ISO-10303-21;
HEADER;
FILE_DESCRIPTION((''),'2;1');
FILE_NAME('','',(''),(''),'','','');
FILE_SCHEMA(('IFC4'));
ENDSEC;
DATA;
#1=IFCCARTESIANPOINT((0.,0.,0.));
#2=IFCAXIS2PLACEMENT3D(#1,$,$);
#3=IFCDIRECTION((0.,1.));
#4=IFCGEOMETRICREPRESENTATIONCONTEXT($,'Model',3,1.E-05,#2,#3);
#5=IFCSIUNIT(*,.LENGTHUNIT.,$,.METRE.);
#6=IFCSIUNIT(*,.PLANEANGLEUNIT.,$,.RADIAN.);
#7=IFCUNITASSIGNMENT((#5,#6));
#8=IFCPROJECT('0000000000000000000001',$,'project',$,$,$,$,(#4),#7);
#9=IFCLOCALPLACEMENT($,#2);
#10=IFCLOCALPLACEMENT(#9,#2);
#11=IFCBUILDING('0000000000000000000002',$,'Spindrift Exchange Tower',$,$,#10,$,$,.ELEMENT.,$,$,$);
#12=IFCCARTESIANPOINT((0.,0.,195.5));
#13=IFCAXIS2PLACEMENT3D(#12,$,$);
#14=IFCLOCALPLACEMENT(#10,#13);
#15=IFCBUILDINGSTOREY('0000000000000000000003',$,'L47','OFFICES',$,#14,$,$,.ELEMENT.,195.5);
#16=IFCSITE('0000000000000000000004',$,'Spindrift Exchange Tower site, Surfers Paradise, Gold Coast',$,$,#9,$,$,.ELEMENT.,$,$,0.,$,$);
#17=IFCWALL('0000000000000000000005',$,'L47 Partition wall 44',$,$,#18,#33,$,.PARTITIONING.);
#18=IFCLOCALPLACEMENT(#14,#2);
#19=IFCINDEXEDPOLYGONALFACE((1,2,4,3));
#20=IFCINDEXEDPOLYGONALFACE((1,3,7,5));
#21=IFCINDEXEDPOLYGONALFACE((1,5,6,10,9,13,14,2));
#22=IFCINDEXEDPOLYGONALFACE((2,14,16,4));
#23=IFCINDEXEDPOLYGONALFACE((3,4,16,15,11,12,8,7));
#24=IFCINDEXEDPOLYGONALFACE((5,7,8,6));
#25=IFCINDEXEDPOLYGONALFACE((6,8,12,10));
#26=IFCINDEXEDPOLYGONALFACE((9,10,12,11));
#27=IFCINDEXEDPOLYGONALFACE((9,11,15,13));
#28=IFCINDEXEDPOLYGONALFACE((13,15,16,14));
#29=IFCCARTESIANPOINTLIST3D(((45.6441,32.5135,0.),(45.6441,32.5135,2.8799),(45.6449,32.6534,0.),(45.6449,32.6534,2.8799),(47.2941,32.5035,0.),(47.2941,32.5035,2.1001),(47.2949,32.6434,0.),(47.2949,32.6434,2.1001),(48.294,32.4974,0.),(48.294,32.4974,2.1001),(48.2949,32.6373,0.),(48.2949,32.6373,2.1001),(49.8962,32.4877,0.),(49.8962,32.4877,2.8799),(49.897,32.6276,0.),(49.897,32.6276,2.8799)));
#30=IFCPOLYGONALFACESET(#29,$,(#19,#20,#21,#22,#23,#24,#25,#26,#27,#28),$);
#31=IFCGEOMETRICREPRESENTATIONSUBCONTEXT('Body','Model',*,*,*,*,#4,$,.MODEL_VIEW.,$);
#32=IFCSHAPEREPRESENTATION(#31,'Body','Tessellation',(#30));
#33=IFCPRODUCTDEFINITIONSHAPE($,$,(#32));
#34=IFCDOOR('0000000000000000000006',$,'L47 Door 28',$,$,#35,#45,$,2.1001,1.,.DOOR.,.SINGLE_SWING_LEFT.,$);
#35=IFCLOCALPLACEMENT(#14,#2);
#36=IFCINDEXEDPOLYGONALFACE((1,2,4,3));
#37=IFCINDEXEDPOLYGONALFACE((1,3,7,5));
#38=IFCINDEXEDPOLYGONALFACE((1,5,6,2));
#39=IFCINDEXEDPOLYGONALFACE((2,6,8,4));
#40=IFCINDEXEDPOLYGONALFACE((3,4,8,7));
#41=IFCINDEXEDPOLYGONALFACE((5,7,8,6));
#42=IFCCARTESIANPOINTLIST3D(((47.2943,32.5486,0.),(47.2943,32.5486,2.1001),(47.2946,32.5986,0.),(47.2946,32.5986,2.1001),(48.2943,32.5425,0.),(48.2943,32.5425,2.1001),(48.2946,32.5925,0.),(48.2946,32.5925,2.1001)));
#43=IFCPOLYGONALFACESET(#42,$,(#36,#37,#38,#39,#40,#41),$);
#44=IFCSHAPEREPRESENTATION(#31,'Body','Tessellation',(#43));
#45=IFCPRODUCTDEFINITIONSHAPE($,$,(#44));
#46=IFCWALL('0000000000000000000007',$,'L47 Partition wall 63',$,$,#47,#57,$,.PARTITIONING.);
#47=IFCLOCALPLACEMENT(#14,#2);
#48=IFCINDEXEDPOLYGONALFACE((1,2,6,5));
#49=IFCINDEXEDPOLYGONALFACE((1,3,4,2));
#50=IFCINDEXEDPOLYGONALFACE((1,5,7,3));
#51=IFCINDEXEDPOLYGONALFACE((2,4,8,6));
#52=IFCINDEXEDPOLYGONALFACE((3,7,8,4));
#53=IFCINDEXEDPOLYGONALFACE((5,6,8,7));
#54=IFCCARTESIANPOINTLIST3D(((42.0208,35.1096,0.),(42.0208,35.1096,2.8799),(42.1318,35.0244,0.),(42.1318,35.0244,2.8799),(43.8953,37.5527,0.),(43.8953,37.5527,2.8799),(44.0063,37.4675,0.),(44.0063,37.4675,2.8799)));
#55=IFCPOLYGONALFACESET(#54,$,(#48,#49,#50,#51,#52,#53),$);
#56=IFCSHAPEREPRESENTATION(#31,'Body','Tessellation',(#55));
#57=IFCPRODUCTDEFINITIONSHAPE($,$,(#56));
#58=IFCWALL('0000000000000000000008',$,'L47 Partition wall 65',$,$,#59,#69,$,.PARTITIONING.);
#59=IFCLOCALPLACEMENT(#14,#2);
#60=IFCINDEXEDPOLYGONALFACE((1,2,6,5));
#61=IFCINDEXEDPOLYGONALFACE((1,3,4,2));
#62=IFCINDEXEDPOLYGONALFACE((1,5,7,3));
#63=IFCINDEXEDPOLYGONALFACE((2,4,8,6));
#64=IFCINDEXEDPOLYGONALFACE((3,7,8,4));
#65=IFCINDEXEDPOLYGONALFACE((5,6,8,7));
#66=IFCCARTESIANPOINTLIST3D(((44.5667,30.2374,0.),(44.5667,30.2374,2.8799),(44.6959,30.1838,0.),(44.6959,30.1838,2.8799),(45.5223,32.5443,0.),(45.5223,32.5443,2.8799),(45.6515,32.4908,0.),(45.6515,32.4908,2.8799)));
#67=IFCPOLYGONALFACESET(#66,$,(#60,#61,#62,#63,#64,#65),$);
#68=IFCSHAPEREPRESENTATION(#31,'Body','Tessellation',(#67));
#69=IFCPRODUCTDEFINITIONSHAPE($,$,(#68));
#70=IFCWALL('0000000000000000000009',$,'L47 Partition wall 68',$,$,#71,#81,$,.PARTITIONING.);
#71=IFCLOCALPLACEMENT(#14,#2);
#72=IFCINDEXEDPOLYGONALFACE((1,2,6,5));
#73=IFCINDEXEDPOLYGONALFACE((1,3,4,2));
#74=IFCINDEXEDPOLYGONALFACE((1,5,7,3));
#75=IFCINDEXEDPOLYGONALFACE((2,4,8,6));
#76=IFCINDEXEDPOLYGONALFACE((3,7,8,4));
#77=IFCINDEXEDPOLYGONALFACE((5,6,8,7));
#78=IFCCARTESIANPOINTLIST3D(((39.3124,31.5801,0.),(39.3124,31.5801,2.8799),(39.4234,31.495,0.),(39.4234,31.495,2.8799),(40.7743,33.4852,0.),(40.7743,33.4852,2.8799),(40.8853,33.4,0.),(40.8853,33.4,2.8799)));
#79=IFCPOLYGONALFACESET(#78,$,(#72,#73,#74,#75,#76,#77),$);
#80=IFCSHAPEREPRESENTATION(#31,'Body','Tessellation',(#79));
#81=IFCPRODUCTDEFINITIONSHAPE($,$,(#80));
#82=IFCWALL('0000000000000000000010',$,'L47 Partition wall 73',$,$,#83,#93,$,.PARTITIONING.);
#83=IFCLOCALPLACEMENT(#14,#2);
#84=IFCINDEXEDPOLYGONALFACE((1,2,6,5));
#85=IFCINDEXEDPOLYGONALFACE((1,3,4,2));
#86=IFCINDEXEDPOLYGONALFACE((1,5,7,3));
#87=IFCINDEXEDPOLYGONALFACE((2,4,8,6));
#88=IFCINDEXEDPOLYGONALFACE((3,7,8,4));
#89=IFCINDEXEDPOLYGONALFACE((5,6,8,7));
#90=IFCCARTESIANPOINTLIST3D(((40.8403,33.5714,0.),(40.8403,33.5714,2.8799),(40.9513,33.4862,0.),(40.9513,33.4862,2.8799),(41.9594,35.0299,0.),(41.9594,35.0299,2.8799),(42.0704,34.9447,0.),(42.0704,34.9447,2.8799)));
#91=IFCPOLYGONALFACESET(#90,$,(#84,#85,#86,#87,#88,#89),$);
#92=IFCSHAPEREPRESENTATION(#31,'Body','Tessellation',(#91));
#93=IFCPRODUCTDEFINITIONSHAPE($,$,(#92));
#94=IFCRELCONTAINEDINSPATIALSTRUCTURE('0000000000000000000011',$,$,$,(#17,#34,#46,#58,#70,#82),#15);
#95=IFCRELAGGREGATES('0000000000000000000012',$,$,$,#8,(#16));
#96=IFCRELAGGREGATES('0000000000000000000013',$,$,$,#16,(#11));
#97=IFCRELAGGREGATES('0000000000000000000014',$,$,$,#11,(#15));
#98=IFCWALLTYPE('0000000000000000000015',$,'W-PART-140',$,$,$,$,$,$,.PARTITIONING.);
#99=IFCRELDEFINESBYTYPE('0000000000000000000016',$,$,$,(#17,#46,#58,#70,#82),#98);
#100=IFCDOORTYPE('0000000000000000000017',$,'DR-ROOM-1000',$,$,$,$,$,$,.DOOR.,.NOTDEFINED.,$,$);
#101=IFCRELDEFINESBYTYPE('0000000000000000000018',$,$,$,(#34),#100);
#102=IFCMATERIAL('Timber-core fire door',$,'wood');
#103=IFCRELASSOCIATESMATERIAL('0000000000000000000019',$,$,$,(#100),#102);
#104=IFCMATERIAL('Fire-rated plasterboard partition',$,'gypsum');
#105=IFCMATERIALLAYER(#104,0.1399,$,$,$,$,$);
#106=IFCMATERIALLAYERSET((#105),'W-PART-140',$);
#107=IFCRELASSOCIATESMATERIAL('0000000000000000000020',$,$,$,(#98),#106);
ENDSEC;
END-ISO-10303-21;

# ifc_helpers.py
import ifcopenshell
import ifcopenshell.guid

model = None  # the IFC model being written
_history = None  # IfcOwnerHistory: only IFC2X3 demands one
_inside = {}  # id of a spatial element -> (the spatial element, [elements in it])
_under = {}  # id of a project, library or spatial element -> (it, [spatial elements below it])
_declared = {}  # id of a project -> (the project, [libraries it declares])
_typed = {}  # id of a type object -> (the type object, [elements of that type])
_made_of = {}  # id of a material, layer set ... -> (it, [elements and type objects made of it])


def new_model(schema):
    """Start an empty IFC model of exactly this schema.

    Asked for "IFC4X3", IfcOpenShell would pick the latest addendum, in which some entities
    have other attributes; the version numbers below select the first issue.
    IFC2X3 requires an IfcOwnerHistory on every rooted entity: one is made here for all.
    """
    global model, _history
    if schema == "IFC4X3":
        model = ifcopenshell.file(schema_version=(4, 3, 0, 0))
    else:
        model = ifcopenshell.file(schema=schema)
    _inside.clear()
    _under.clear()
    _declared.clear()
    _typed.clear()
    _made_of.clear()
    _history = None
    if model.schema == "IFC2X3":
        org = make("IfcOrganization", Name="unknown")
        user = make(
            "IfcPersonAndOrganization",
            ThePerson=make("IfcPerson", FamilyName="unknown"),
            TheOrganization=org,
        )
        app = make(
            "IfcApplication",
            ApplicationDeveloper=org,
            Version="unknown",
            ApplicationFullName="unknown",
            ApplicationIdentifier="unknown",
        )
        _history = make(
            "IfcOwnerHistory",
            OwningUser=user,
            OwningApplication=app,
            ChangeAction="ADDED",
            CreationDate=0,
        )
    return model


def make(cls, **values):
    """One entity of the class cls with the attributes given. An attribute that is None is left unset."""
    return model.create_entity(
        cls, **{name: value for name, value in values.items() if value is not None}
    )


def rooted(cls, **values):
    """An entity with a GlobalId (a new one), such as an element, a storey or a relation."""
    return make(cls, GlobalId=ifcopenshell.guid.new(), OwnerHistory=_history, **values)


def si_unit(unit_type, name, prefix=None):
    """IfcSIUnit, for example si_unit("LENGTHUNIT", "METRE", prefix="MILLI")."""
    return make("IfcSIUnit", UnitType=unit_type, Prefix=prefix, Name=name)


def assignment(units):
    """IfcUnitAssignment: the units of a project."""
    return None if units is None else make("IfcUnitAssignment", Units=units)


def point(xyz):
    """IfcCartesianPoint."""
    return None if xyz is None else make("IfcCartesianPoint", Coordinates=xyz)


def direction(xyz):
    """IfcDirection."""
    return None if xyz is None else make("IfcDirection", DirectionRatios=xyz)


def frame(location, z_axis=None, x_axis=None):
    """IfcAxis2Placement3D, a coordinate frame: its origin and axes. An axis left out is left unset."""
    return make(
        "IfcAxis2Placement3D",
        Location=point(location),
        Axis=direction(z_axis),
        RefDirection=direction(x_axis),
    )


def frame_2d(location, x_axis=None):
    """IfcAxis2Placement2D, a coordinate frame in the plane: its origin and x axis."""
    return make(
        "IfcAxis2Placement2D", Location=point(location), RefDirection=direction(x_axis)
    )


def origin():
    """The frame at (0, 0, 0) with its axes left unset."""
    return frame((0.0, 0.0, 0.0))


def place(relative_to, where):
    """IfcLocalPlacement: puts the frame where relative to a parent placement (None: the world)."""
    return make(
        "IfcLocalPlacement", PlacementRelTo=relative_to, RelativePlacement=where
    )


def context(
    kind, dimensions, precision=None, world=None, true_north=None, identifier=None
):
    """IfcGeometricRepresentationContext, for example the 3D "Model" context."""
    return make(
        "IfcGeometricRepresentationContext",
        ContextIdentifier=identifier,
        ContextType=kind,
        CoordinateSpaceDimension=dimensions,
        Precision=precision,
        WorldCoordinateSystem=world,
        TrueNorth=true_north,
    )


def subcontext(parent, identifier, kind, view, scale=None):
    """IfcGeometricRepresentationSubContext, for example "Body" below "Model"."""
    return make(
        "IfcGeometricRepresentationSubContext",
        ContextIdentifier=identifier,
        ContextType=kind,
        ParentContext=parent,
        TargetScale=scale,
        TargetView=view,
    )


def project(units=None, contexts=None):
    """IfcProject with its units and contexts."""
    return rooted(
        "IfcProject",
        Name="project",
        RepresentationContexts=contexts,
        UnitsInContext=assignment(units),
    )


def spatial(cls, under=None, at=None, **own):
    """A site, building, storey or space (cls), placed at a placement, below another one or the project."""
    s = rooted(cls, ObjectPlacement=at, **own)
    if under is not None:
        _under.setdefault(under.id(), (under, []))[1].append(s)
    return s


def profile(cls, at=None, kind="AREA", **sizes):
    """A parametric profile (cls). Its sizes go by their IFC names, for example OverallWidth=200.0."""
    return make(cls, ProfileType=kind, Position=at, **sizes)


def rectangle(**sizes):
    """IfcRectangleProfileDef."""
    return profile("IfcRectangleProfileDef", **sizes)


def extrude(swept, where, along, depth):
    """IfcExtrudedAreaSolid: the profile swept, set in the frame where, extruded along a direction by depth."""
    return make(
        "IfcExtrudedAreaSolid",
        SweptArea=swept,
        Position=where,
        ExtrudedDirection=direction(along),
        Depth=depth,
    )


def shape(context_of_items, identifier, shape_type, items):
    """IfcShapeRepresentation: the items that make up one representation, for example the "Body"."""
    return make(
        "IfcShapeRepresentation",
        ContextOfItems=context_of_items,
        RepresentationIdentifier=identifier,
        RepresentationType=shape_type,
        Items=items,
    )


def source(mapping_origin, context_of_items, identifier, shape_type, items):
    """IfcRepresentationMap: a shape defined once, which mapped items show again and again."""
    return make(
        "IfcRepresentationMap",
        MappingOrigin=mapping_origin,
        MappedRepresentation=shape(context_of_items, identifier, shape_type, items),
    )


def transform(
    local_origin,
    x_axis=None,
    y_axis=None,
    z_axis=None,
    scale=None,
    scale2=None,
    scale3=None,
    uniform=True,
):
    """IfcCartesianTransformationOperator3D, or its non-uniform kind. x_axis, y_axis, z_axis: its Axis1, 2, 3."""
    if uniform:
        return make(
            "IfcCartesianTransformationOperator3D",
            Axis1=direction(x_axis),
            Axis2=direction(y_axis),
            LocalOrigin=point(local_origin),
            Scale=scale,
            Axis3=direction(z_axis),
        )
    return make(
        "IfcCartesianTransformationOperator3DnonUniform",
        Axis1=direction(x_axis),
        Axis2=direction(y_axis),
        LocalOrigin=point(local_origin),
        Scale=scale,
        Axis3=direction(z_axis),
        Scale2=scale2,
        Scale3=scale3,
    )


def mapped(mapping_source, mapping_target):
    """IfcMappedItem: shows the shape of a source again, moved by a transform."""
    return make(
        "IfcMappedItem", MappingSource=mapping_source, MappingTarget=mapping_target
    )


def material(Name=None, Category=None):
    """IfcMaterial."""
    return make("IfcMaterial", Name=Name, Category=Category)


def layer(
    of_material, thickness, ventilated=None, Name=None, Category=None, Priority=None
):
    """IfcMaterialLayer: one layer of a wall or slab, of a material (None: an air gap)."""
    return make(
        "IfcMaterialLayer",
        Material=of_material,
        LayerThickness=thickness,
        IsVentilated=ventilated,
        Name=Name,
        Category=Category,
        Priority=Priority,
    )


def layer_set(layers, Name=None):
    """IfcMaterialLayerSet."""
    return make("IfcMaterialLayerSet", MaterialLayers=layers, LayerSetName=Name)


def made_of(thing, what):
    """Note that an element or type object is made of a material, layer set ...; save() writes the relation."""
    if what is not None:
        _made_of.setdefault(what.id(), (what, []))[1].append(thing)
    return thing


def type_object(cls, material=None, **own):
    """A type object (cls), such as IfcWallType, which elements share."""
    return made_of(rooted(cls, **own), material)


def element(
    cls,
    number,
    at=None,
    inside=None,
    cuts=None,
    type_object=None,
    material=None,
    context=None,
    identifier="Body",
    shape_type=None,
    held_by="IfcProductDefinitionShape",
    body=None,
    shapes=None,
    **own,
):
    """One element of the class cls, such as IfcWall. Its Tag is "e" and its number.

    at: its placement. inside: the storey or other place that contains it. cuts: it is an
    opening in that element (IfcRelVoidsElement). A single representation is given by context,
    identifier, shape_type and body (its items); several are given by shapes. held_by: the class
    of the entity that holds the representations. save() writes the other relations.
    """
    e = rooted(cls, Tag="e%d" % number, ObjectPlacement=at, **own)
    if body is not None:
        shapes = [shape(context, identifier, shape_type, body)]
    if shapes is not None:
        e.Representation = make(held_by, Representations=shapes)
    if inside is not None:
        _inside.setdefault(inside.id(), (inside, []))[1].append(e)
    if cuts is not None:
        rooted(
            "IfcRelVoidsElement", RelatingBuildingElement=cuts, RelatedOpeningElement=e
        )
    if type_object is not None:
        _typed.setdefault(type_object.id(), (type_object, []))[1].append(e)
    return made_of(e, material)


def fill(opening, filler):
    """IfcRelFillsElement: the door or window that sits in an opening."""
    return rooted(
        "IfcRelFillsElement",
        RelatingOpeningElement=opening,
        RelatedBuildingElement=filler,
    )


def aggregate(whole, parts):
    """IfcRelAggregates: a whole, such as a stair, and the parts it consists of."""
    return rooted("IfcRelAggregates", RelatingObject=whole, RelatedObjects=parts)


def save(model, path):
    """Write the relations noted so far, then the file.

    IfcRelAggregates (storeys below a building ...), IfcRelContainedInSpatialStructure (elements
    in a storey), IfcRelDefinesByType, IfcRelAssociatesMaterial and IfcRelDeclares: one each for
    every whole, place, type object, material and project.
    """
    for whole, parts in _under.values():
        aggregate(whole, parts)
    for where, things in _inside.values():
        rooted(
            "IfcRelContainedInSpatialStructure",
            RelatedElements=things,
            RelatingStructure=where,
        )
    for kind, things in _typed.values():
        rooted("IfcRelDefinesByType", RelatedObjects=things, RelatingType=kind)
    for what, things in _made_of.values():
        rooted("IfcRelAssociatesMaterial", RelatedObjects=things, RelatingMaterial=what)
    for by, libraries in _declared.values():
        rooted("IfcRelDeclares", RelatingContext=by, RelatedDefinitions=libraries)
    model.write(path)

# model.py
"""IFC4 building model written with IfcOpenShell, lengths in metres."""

from ifc_helpers import new_model, si_unit, direction, frame, frame_2d, origin, place, context, subcontext, project, spatial, rectangle, extrude, source, transform, mapped, material, layer, layer_set, type_object, element, fill, save


model = new_model("IFC4")

# Units and contexts
model_context = context("Model", 3, precision=1e-05, world=origin(), true_north=direction((0.0, 1.0)))
body_context = subcontext(model_context, "Body", "Model", "MODEL_VIEW")
ifc_project = project(units=[si_unit("LENGTHUNIT", "METRE"), si_unit("PLANEANGLEUNIT", "RADIAN")], contexts=[model_context])

# Site, building, storey
site_placement = place(None, origin())
site = spatial("IfcSite", under=ifc_project, at=site_placement, Name="Spindrift Exchange Tower site, Surfers Paradise, Gold Coast", CompositionType="ELEMENT", RefElevation=0.0)
building_placement = place(site_placement, origin())
building = spatial("IfcBuilding", under=site, at=building_placement, Name="Spindrift Exchange Tower", CompositionType="ELEMENT")
storey_placement = place(building_placement, frame((0.0, 0.0, 195.5)))
storey = spatial("IfcBuildingStorey", under=building, at=storey_placement, Name="L47", Description="OFFICES", CompositionType="ELEMENT", Elevation=195.5)

# Shared definitions
ifc_material_1 = material(Name="Fire-rated plasterboard partition", Category="gypsum")
ifc_material_2 = material(Name="Timber-core fire door", Category="wood")
door_type_1 = type_object("IfcDoorType", Name="DR-ROOM-1000", OperationType="NOTDEFINED", PredefinedType="DOOR", material=ifc_material_2)
shared_shape_1 = source(origin(), body_context, "Body", "SweptSolid", [
    extrude(rectangle(XDim=1.0, YDim=2.1001, at=frame_2d((0.5, 1.05))), frame((0.0, 0.0249, 0.0), z_axis=(0.0, -1.0, 0.0), x_axis=(1.0, 0.0, 0.0)), (0.0, 0.0, 1.0), 0.05),
])

# Wall, opening, door
ifc_layer_1 = layer(ifc_material_1, 0.1399)
ifc_layer_set_1 = layer_set([ifc_layer_1], Name="W-PART-140")
wall_type_1 = type_object("IfcWallType", Name="W-PART-140", PredefinedType="PARTITIONING", material=ifc_layer_set_1)
wall_1_placement = place(storey_placement, frame((49.8965, 32.5576, 0.0), z_axis=(0.0, 0.0, 1.0), x_axis=(-0.999981, 0.006086, 0.0)))
wall_1 = element("IfcWall", 1, at=wall_1_placement, inside=storey, type_object=wall_type_1, Name="L47 Partition wall 44", PredefinedType="PARTITIONING", context=body_context, shape_type="SweptSolid", body=[
    extrude(rectangle(XDim=4.2522, YDim=0.1399, at=frame_2d((2.126, 0.0))), origin(), (0.0, 0.0, 1.0), 2.8799),
])
opening_1_placement = place(wall_1_placement, frame((1.6021, 0.0, 0.0)))
opening_1 = element("IfcOpeningElement", 2, at=opening_1_placement, cuts=wall_1, PredefinedType="OPENING", context=body_context, shape_type="SweptSolid", body=[
    extrude(rectangle(XDim=1.0, YDim=2.1001, at=frame_2d((0.5, 1.05))), frame((0.0, 0.0798, 0.0), z_axis=(0.0, -1.0, 0.0), x_axis=(1.0, 0.0, 0.0)), (0.0, 0.0, 1.0), 0.1599),
])
door_1_placement = place(opening_1_placement, origin())
door_1 = element("IfcDoor", 3, at=door_1_placement, inside=storey, type_object=door_type_1, Name="L47 Door 28", OperationType="SINGLE_SWING_LEFT", OverallHeight=2.1001, OverallWidth=1.0, PredefinedType="DOOR", context=body_context, shape_type="MappedRepresentation", body=[
    mapped(shared_shape_1, transform((0.0, 0.0, 0.0), scale=1.0)),
])
fill(opening_1, door_1)

# Walls
wall_2_placement = place(storey_placement, frame((43.9507, 37.51, 0.0), z_axis=(0.0, 0.0, 1.0), x_axis=(-0.608729, -0.793378, 0.0)))
element("IfcWall", 4, at=wall_2_placement, inside=storey, type_object=wall_type_1, Name="L47 Partition wall 63", PredefinedType="PARTITIONING", context=body_context, shape_type="SweptSolid", body=[
    extrude(rectangle(XDim=3.0793, YDim=0.1399, at=frame_2d((1.5396, 0.0))), origin(), (0.0, 0.0, 1.0), 2.8799),
])
wall_3_placement = place(storey_placement, frame((45.5869, 32.5176, 0.0), z_axis=(0.0, 0.0, 1.0), x_axis=(-0.382691, -0.923876, 0.0)))
element("IfcWall", 5, at=wall_3_placement, inside=storey, type_object=wall_type_1, Name="L47 Partition wall 65", PredefinedType="PARTITIONING", context=body_context, shape_type="SweptSolid", body=[
    extrude(rectangle(XDim=2.4971, YDim=0.1399, at=frame_2d((1.2485, 0.0))), origin(), (0.0, 0.0, 1.0), 2.8799),
])
wall_4_placement = place(storey_placement, frame((40.8298, 33.4426, 0.0), z_axis=(0.0, 0.0, 1.0), x_axis=(-0.608796, -0.793326, 0.0)))
element("IfcWall", 6, at=wall_4_placement, inside=storey, type_object=wall_type_1, Name="L47 Partition wall 68", PredefinedType="PARTITIONING", context=body_context, shape_type="SweptSolid", body=[
    extrude(rectangle(XDim=2.4014, YDim=0.1399, at=frame_2d((1.2007, 0.0))), origin(), (0.0, 0.0, 1.0), 2.8799),
])
wall_5_placement = place(storey_placement, frame((42.0149, 34.9873, 0.0), z_axis=(0.0, 0.0, 1.0), x_axis=(-0.60876, -0.793354, 0.0)))
element("IfcWall", 7, at=wall_5_placement, inside=storey, type_object=wall_type_1, Name="L47 Partition wall 73", PredefinedType="PARTITIONING", context=body_context, shape_type="SweptSolid", body=[
    extrude(rectangle(XDim=1.8384, YDim=0.1399, at=frame_2d((0.9192, 0.0))), origin(), (0.0, 0.0, 1.0), 2.8799),
])

save(model, "model.ifc")
